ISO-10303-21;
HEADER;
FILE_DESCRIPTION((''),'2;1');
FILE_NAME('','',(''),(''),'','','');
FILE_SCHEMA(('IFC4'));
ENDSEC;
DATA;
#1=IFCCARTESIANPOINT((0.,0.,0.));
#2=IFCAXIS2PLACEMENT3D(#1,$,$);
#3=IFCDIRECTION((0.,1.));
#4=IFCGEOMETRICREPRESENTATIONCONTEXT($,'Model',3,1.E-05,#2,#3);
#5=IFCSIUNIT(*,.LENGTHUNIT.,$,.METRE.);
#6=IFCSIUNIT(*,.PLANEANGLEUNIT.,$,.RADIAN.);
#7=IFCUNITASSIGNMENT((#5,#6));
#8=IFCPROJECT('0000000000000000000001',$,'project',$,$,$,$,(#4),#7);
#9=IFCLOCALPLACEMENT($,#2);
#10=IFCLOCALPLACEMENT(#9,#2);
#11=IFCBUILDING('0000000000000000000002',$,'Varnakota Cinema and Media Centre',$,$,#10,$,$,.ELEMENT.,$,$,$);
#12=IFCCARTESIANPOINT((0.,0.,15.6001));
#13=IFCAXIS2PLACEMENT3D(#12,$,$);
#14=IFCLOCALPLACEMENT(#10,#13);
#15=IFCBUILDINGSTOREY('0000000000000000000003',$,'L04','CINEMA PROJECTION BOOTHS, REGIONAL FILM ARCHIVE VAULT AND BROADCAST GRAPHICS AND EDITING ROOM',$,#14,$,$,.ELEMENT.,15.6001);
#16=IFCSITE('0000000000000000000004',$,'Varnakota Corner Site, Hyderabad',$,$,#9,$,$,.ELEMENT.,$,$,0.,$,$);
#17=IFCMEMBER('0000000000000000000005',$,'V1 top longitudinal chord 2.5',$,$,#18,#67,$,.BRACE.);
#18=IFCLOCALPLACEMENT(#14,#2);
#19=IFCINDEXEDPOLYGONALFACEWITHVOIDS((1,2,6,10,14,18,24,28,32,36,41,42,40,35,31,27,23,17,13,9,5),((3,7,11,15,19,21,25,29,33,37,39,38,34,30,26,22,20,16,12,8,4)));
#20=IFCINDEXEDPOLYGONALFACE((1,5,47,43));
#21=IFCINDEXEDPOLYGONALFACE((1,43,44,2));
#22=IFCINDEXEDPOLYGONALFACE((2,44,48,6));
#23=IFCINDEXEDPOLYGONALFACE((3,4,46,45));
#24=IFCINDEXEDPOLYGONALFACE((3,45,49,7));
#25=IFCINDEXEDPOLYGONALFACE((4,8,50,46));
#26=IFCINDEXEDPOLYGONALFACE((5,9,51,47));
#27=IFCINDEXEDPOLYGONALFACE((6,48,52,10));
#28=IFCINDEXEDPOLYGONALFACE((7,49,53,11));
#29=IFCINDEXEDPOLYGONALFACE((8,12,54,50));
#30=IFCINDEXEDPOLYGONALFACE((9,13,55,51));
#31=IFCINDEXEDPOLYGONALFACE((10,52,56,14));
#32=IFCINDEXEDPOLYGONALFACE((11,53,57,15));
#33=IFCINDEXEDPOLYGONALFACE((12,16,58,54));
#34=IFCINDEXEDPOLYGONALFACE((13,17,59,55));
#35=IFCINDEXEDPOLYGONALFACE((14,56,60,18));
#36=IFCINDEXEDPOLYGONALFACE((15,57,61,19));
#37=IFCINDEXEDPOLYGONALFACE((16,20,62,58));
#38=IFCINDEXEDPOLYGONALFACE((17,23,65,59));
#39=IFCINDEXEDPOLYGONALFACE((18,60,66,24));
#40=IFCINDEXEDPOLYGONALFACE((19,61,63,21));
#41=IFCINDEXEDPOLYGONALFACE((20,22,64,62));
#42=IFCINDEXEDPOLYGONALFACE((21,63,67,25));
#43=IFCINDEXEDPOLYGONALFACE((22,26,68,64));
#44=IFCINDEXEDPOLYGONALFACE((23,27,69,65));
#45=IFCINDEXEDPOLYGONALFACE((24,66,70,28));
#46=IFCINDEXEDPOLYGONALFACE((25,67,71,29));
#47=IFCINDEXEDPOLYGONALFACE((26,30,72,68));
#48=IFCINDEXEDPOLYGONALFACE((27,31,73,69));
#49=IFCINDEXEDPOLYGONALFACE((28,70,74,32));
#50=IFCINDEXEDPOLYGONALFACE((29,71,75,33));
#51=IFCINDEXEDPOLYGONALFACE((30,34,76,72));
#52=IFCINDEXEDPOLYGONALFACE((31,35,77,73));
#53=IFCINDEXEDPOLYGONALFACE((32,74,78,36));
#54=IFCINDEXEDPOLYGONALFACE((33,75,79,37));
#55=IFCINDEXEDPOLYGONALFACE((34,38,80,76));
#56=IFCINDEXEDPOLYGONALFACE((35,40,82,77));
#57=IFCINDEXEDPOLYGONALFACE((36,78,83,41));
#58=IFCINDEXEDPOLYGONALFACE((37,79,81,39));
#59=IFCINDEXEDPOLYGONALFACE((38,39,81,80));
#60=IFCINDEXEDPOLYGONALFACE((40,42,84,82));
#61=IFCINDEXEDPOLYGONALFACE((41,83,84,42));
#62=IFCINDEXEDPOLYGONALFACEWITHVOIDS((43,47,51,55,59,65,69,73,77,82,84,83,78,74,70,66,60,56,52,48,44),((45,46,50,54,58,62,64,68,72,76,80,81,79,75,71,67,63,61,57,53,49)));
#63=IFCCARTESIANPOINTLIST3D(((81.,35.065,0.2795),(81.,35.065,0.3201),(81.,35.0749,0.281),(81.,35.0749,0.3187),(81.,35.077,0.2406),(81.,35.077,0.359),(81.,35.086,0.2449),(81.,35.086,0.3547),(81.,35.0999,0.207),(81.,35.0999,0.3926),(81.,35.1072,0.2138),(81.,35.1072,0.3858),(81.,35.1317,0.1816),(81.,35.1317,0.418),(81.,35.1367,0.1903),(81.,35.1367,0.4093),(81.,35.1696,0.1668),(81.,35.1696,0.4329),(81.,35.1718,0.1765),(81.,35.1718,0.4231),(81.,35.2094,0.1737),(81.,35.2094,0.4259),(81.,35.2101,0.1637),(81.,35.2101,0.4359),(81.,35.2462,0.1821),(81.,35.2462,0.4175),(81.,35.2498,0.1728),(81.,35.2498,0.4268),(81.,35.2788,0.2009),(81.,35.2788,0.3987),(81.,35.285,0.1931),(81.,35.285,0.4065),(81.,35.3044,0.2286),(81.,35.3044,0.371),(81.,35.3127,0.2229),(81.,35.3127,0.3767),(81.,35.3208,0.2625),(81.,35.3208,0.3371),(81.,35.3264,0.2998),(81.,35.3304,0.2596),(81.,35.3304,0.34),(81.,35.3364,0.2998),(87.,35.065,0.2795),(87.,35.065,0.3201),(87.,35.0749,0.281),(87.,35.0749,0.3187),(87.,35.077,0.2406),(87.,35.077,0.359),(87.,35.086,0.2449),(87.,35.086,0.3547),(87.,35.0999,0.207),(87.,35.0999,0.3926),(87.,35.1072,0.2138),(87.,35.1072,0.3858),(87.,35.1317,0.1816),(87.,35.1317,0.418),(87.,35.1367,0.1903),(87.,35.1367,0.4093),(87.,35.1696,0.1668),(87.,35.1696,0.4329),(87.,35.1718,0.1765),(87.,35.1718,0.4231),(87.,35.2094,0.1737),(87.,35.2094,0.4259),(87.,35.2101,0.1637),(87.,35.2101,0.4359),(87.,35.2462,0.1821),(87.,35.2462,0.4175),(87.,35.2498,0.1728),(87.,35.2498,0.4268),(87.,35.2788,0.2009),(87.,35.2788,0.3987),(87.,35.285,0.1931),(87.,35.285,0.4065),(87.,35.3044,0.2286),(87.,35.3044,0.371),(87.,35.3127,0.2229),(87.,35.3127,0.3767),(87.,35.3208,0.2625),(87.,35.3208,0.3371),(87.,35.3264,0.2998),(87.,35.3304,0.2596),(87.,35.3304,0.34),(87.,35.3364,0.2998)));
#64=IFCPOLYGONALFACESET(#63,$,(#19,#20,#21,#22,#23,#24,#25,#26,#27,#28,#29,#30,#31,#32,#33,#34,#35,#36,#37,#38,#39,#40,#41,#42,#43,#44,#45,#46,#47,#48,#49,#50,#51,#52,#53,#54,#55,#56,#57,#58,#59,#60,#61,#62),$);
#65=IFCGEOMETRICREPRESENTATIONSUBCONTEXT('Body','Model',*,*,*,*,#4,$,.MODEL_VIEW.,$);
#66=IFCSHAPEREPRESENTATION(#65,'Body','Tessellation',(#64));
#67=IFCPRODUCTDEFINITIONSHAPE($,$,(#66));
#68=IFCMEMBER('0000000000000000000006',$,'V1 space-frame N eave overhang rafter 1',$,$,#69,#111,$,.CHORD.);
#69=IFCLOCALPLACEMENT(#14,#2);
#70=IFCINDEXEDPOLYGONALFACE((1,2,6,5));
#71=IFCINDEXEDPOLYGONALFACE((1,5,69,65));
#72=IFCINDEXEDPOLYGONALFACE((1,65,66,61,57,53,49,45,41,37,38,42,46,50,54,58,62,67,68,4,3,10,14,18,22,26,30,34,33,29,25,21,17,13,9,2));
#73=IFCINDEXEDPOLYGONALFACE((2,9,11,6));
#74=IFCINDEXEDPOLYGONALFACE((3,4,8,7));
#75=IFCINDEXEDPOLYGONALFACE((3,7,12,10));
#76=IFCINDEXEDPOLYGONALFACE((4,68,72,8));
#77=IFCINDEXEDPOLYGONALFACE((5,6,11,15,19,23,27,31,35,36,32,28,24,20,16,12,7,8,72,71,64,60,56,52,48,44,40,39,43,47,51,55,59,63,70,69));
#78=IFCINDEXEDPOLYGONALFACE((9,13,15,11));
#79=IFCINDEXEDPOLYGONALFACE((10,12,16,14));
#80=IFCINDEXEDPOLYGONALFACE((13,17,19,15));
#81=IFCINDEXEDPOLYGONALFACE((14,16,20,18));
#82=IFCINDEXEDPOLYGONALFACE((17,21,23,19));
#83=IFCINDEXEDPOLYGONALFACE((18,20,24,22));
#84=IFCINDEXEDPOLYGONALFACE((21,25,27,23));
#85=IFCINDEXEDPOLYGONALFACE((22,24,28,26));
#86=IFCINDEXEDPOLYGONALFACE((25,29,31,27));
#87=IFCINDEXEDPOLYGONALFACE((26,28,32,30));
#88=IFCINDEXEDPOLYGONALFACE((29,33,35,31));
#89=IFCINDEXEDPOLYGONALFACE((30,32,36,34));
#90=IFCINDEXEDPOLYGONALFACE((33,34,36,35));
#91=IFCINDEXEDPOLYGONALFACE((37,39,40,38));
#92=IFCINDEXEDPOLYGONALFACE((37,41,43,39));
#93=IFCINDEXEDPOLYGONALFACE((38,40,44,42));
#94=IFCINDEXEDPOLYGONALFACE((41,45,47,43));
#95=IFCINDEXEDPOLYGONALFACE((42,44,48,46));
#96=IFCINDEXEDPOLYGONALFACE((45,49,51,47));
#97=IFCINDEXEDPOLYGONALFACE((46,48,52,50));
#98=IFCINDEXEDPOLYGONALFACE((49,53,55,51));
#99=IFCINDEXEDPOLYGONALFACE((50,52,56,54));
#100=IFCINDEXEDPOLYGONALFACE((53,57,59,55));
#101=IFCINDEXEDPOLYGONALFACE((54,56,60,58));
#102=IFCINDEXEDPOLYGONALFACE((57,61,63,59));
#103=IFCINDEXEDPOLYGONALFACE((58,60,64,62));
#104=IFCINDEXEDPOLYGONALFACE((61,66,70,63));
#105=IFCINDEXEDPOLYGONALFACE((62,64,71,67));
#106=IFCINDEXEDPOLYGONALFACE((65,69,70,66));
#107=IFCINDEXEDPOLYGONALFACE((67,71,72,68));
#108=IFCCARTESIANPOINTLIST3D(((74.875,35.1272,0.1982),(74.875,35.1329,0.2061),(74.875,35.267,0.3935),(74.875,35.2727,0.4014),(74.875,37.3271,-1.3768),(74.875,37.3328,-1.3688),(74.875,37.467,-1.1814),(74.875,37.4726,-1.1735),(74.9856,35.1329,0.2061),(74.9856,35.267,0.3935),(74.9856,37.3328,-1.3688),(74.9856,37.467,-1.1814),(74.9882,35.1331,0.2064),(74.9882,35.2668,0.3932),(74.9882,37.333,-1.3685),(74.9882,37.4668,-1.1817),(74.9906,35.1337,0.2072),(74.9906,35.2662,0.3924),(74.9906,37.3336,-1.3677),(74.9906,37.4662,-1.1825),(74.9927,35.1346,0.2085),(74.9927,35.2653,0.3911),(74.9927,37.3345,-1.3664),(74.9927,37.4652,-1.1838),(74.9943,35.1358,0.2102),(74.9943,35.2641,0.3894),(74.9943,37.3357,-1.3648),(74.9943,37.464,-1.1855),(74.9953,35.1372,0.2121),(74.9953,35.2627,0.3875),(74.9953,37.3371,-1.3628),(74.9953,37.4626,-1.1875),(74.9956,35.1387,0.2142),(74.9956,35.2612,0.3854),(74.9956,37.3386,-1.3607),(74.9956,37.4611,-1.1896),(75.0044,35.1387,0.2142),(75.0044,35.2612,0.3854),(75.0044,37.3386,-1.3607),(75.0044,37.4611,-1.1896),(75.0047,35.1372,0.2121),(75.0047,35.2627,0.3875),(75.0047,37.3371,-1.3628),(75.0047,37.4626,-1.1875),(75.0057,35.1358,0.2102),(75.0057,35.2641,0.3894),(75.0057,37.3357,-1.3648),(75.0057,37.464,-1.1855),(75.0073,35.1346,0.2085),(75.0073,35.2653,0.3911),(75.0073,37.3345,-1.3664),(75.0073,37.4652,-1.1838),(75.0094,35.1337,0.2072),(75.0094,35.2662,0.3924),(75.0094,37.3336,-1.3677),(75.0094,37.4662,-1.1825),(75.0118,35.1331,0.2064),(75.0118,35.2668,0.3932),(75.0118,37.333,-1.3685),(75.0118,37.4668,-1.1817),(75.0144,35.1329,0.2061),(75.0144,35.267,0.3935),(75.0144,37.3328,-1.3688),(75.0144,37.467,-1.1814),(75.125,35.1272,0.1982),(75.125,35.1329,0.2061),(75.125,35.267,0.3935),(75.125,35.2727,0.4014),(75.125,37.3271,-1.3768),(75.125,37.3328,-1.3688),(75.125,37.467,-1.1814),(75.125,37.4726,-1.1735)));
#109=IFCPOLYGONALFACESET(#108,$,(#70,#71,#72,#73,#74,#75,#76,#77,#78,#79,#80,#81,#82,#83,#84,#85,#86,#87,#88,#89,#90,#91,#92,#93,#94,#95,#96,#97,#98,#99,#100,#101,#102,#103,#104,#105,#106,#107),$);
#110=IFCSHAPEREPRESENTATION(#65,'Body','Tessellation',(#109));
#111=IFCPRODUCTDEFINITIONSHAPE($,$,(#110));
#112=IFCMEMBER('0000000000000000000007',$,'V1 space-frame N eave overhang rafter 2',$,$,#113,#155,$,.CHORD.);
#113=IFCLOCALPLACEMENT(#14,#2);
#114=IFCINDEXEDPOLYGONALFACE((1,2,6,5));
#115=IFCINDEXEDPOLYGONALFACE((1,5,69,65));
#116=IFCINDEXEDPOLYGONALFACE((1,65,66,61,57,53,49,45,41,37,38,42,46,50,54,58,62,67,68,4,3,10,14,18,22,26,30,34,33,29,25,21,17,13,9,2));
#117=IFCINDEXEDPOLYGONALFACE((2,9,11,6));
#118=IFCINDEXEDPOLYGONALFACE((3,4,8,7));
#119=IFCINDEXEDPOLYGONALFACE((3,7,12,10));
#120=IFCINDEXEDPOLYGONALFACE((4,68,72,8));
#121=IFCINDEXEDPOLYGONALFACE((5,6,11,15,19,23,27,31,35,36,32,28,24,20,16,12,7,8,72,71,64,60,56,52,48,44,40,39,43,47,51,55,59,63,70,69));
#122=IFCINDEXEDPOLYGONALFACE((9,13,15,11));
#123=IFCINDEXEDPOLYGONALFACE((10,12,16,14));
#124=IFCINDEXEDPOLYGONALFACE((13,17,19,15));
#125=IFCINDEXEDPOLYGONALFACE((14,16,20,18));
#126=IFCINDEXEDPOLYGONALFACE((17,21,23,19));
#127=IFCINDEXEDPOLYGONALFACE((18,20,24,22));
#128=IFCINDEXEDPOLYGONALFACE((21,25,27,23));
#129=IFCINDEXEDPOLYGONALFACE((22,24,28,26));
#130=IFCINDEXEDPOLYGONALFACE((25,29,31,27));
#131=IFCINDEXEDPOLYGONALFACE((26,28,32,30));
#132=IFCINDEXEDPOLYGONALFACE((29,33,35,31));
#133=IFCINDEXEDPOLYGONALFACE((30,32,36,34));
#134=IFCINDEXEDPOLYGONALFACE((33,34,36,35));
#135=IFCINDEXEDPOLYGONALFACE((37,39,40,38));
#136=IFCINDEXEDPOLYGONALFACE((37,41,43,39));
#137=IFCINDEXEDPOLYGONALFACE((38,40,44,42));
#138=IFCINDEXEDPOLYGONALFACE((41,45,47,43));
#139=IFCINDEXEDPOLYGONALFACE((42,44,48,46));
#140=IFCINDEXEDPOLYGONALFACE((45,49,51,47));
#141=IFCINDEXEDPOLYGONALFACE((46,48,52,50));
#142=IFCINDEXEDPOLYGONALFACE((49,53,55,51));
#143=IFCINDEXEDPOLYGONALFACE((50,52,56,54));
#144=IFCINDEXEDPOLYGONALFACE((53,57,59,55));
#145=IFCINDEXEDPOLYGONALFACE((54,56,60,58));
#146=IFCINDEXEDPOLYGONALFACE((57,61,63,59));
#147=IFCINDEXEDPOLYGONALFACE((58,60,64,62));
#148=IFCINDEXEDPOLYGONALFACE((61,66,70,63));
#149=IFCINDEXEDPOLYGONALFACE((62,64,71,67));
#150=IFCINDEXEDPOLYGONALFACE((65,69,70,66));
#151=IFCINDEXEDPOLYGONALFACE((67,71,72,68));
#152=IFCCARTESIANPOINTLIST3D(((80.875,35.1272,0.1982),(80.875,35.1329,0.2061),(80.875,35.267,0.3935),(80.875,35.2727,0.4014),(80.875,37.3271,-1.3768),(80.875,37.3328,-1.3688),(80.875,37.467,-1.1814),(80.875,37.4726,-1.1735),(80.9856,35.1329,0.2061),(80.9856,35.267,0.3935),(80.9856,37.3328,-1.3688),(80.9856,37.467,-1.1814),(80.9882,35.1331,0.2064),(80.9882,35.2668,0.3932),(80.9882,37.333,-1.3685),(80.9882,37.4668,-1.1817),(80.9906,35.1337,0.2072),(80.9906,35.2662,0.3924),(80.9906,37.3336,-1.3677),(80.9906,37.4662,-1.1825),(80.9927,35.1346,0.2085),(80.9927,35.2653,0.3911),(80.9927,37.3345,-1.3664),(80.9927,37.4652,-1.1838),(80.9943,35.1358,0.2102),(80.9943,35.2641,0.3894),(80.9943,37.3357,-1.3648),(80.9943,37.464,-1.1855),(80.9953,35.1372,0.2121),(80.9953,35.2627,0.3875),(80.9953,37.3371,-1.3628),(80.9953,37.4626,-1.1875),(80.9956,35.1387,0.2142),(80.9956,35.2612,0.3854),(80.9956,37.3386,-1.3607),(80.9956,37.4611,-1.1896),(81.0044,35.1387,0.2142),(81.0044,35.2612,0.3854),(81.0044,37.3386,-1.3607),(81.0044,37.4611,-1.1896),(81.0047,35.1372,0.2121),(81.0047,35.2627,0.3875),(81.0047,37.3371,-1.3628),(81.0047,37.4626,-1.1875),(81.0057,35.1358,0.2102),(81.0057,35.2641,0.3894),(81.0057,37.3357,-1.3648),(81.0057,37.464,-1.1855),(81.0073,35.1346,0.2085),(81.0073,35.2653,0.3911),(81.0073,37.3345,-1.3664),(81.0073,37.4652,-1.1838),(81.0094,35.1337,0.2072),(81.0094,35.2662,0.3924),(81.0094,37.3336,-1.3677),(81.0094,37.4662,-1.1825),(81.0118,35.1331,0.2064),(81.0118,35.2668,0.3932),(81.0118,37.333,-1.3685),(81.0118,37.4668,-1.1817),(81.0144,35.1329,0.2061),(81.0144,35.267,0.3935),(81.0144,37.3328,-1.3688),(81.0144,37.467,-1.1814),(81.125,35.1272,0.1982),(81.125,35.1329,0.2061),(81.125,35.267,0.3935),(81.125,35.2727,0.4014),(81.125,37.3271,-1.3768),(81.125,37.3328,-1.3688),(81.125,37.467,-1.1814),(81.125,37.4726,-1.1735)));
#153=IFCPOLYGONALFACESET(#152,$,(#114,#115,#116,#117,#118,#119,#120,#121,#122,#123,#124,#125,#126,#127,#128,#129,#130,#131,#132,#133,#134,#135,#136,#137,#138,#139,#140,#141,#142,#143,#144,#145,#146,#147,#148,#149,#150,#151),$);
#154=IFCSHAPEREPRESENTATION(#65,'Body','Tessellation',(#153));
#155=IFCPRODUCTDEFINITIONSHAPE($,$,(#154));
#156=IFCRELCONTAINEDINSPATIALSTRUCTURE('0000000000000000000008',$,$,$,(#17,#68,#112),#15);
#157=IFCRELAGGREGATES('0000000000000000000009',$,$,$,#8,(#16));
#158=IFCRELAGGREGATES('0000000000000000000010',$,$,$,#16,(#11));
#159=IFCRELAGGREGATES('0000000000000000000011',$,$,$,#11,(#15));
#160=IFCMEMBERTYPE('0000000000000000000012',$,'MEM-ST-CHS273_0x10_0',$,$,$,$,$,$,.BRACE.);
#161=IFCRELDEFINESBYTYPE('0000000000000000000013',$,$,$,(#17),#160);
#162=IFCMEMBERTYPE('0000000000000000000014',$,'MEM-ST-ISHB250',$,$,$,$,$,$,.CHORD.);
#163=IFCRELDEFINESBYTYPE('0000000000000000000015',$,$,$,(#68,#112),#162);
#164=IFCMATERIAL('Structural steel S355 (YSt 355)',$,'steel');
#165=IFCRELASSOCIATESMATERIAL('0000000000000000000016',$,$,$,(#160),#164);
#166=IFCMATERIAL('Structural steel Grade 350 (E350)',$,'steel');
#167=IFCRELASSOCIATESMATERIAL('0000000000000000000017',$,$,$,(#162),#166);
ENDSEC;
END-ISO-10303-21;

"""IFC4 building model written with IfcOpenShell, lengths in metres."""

from ifc_helpers import new_model, si_unit, direction, frame, origin, origin_2d, place, context, subcontext, project, spatial, hollow_circle, i_section, extrude, material, material_profile, profile_set, type_object, element, save


model = new_model("IFC4")

# Units and contexts
model_context = context("Model", 3, precision=1e-05, world=origin(), true_north=direction((0.0, 1.0)))
body_context = subcontext(model_context, "Body", "Model", "MODEL_VIEW")
ifc_project = project(units=[si_unit("LENGTHUNIT", "METRE"), si_unit("PLANEANGLEUNIT", "RADIAN")], contexts=[model_context])

# Site, building, storey
site_placement = place(None, origin())
site = spatial("IfcSite", under=ifc_project, at=site_placement, Name="Varnakota Corner Site, Hyderabad", CompositionType="ELEMENT", RefElevation=0.0)
building_placement = place(site_placement, origin())
building = spatial("IfcBuilding", under=site, at=building_placement, Name="Varnakota Cinema and Media Centre", CompositionType="ELEMENT")
storey_placement = place(building_placement, frame((0.0, 0.0, 15.6001)))
storey = spatial("IfcBuildingStorey", under=building, at=storey_placement, Name="L04", Description="CINEMA PROJECTION BOOTHS, REGIONAL FILM ARCHIVE VAULT AND BROADCAST GRAPHICS AND EDITING ROOM", CompositionType="ELEMENT", Elevation=15.6001)

# Members
ifc_material_1 = material(Name="Structural steel S355 (YSt 355)", Category="steel")
ifc_material_profile_1 = material_profile(ifc_material_1, hollow_circle(Radius=0.1365, WallThickness=0.01, at=origin_2d()), Name="CHS 273.0x10.0")
ifc_profile_set_1 = profile_set([ifc_material_profile_1], Name="Structural steel S355 (YSt 355)")
member_type_1 = type_object("IfcMemberType", Name="MEM-ST-CHS273_0x10_0", PredefinedType="BRACE", material=ifc_profile_set_1)
member_1_placement = place(storey_placement, frame((81.0, 35.2, 0.2998), z_axis=(1.0, 0.0, 0.0), x_axis=(0.0, 1.0, 0.0)))
element("IfcMember", 1, at=member_1_placement, inside=storey, type_object=member_type_1, Name="V1 top longitudinal chord 2.5", PredefinedType="BRACE", context=body_context, shape_type="SweptSolid", body=[
    extrude(hollow_circle(Radius=0.1365, WallThickness=0.01, at=origin_2d()), origin(), (0.0, 0.0, 1.0), 6.0),
])
ifc_material_2 = material(Name="Structural steel Grade 350 (E350)", Category="steel")
ifc_material_profile_2 = material_profile(ifc_material_2, i_section(OverallWidth=0.25, OverallDepth=0.25, WebThickness=0.0088, FlangeThickness=0.0098, FilletRadius=0.01, at=origin_2d()), Name="ISHB 250")
ifc_profile_set_2 = profile_set([ifc_material_profile_2], Name="Structural steel Grade 350 (E350)")
member_type_2 = type_object("IfcMemberType", Name="MEM-ST-ISHB250", PredefinedType="CHORD", material=ifc_profile_set_2)
for number, where, z_axis, x_axis, name in (
    (2, (75.0, 35.2, 0.2998), (0.0, 0.813111, -0.582109), (-1.0, 0.0, 0.0), "V1 space-frame N eave overhang rafter 1"),
    (3, (81.0, 35.2, 0.2998), (0.0, 0.813111, -0.582109), (-1.0, 0.0, 0.0), "V1 space-frame N eave overhang rafter 2"),
):
    element("IfcMember", number, at=place(storey_placement, frame(where, z_axis=z_axis, x_axis=x_axis)), inside=storey, type_object=member_type_2, Name=name, PredefinedType="CHORD", context=body_context, shape_type="SweptSolid", body=[
        extrude(i_section(OverallWidth=0.25, OverallDepth=0.25, WebThickness=0.0088, FlangeThickness=0.0098, FilletRadius=0.01, at=origin_2d()), origin(), (0.0, 0.0, 1.0), 2.7056),
    ])

save(model, "model.ifc")
